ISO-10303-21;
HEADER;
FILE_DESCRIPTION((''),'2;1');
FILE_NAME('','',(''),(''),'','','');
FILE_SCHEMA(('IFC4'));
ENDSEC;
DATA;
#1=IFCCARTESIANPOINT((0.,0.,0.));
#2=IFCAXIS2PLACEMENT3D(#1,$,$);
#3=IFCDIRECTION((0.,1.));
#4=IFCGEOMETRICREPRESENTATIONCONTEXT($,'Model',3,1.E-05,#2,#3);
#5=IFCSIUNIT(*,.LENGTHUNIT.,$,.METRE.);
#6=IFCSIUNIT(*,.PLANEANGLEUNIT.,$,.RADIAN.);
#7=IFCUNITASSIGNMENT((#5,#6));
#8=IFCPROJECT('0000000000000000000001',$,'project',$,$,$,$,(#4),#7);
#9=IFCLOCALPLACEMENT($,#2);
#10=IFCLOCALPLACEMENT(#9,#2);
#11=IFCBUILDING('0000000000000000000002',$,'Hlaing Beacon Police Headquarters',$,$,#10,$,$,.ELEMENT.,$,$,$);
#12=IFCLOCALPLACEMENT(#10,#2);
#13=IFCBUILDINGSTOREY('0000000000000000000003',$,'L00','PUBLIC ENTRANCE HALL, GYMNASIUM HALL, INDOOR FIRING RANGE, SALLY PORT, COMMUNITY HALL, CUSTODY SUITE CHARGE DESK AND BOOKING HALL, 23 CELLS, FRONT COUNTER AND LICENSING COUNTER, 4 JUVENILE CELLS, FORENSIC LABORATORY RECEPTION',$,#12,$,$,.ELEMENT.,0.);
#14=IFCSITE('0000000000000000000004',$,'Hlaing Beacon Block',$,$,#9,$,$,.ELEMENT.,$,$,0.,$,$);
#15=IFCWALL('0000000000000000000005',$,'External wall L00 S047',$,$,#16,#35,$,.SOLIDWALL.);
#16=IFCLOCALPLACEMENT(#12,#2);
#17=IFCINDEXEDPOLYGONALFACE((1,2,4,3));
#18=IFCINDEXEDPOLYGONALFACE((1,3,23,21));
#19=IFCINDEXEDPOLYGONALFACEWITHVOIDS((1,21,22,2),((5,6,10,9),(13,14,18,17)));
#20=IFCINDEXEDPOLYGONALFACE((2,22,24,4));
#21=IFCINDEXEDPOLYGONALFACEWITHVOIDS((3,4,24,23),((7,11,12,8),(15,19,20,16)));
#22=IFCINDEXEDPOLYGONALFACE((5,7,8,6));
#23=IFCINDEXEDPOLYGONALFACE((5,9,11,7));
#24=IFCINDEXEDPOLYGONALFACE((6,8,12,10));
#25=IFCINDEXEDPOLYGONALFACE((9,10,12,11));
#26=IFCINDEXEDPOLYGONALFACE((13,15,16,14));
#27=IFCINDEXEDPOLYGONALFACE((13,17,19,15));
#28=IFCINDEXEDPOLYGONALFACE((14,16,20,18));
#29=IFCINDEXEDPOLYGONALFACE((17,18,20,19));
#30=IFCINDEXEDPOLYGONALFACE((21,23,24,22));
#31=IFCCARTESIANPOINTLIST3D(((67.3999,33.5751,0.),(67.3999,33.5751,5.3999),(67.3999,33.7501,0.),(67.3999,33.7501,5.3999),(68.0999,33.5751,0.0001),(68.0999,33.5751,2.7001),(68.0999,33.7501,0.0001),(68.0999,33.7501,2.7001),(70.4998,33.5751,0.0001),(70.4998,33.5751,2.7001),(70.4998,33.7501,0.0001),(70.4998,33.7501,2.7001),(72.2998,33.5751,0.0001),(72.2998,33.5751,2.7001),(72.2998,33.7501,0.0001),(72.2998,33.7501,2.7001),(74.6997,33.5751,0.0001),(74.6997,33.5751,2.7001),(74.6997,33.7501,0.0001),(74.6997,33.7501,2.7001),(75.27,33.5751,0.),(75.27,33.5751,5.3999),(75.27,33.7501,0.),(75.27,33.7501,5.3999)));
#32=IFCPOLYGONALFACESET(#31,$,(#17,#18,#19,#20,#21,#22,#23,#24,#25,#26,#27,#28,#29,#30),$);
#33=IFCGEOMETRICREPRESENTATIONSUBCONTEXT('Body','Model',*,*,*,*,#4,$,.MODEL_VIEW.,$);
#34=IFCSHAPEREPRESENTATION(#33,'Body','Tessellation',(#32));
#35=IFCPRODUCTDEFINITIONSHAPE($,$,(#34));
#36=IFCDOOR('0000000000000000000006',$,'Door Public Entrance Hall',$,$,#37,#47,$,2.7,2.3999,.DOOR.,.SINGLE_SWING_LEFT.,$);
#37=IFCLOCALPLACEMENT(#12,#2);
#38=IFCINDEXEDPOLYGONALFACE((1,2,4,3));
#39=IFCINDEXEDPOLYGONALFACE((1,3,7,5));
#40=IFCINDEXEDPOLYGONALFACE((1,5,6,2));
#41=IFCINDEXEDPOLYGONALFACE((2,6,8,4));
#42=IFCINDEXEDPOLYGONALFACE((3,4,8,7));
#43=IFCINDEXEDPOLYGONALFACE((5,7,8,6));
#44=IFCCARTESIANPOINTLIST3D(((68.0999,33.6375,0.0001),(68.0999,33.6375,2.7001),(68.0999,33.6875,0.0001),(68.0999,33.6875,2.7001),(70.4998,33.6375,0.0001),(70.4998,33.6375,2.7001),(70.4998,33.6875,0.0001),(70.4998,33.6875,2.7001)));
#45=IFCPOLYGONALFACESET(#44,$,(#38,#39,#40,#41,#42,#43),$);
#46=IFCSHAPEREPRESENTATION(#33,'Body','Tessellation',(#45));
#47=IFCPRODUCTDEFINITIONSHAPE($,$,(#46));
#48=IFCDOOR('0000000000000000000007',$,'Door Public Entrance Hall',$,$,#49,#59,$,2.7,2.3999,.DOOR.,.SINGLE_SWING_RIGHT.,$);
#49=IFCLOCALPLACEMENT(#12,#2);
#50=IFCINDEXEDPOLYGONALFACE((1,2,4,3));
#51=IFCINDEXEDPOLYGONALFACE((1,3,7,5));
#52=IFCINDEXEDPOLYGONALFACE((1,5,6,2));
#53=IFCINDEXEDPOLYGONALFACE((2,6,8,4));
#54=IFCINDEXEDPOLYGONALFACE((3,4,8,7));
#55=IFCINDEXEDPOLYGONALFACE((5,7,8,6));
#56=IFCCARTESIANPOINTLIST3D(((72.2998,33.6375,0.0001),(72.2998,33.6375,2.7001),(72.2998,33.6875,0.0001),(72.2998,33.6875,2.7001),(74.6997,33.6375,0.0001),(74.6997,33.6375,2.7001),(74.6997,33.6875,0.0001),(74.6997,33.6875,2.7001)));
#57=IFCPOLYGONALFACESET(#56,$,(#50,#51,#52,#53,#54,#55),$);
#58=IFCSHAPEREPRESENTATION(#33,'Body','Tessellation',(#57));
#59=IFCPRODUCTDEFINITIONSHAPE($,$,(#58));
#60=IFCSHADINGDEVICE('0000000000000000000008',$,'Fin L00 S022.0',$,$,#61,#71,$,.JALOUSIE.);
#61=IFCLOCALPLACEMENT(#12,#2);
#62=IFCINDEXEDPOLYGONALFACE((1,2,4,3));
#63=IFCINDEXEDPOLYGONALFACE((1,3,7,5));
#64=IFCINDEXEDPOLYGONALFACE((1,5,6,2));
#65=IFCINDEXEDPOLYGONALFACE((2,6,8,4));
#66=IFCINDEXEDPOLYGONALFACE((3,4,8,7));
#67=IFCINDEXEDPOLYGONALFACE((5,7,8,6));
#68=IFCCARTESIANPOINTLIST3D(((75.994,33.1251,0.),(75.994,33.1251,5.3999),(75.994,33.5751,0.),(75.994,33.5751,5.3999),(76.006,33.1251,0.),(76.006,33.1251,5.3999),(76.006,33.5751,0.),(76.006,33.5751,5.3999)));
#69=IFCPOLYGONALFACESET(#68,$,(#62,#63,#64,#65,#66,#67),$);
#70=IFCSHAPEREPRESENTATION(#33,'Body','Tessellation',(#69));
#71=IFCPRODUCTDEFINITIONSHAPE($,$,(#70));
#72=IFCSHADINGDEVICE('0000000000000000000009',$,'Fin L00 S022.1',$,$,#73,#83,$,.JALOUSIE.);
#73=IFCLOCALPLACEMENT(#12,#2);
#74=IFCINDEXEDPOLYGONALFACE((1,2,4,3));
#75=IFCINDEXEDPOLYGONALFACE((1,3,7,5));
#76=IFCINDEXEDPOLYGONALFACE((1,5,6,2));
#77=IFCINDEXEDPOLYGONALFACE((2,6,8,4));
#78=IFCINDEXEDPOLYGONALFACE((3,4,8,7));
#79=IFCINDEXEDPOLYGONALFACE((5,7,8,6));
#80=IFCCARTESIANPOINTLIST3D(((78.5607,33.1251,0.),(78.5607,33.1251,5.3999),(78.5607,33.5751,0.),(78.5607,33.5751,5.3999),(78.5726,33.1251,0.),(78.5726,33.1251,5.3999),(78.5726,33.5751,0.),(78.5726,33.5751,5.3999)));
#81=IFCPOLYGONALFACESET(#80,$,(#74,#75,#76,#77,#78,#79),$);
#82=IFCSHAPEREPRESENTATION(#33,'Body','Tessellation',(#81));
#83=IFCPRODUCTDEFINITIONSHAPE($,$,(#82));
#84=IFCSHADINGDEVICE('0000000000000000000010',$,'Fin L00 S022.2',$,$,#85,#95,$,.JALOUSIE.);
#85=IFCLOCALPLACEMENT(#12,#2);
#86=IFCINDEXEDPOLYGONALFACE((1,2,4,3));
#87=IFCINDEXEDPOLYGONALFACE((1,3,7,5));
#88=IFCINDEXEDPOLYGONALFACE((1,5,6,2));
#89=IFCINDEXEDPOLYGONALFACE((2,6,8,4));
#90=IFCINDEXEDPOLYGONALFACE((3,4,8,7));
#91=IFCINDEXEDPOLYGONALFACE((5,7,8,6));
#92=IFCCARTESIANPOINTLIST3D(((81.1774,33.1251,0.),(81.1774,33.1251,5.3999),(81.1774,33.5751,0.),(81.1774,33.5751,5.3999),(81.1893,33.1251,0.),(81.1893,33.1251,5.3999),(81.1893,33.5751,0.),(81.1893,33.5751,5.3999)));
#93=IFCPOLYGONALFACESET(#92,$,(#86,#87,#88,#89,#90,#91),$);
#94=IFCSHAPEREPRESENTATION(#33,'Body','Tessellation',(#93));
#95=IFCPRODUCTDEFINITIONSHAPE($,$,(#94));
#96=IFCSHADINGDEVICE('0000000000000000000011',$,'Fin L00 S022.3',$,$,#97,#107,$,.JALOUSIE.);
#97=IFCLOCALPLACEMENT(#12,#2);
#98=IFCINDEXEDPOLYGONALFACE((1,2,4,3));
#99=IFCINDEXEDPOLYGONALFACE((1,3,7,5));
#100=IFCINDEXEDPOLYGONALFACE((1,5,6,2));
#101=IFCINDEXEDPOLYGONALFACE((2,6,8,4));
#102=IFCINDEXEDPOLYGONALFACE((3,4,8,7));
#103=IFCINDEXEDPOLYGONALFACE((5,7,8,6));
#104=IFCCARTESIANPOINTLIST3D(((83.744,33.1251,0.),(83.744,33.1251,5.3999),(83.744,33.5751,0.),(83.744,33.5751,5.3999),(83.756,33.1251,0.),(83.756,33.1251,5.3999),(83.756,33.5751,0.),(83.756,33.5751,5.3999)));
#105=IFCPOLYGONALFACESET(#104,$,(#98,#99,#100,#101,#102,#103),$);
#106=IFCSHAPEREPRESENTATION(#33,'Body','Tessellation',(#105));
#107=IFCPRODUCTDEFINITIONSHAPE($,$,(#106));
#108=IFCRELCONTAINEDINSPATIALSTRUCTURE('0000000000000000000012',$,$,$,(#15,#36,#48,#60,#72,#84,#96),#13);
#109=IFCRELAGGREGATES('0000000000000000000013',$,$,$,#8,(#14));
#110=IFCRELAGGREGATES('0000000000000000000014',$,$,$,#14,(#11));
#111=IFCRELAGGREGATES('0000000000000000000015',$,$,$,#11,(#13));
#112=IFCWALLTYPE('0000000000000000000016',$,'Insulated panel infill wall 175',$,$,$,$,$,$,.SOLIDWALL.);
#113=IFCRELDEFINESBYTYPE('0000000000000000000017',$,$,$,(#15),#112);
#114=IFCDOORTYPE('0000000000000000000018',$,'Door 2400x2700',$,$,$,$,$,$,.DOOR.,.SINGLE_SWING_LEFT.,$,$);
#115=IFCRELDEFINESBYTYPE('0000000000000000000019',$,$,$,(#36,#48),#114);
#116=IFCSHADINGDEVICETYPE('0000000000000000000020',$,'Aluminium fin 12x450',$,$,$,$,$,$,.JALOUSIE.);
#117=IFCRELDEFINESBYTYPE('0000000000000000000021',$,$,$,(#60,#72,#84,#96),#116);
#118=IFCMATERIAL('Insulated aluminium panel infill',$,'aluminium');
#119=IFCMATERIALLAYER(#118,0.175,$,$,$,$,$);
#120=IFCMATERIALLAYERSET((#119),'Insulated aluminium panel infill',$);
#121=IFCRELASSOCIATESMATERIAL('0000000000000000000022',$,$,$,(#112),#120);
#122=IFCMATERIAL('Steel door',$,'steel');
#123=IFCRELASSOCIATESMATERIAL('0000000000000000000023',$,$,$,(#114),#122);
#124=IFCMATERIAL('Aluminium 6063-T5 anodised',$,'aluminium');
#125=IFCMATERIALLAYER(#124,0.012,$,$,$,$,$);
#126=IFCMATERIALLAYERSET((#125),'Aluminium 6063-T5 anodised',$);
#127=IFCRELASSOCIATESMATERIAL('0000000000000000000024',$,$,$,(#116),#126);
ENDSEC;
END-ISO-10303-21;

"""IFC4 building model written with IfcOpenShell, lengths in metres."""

from ifc_helpers import new_model, si_unit, direction, frame, frame_2d, origin, origin_2d, place, context, subcontext, project, spatial, rectangle, extrude, material, layer, layer_set, type_object, element, fill, save


model = new_model("IFC4")

# Units and contexts
model_context = context("Model", 3, precision=1e-05, world=origin(), true_north=direction((0.0, 1.0)))
body_context = subcontext(model_context, "Body", "Model", "MODEL_VIEW")
ifc_project = project(units=[si_unit("LENGTHUNIT", "METRE"), si_unit("PLANEANGLEUNIT", "RADIAN")], contexts=[model_context])

# Site, building, storey
site_placement = place(None, origin())
site = spatial("IfcSite", under=ifc_project, at=site_placement, Name="Hlaing Beacon Block", CompositionType="ELEMENT", RefElevation=0.0)
building_placement = place(site_placement, origin())
building = spatial("IfcBuilding", under=site, at=building_placement, Name="Hlaing Beacon Police Headquarters", CompositionType="ELEMENT")
storey_placement = place(building_placement, origin())
storey = spatial("IfcBuildingStorey", under=building, at=storey_placement, Name="L00", Description="PUBLIC ENTRANCE HALL, GYMNASIUM HALL, INDOOR FIRING RANGE, SALLY PORT, COMMUNITY HALL, CUSTODY SUITE CHARGE DESK AND BOOKING HALL, 23 CELLS, FRONT COUNTER AND LICENSING COUNTER, 4 JUVENILE CELLS, FORENSIC LABORATORY RECEPTION", CompositionType="ELEMENT", Elevation=0.0)

# Wall, openings, doors
ifc_material_1 = material(Name="Insulated aluminium panel infill", Category="aluminium")
ifc_layer_1 = layer(ifc_material_1, 0.175)
ifc_layer_set_1 = layer_set([ifc_layer_1], Name="Insulated aluminium panel infill")
wall_type_1 = type_object("IfcWallType", Name="Insulated panel infill wall 175", PredefinedType="SOLIDWALL", material=ifc_layer_set_1)
wall_1_placement = place(storey_placement, frame((67.3999, 33.6626, 0.0), z_axis=(0.0, 0.0, 1.0), x_axis=(1.0, 0.0, 0.0)))
wall_1 = element("IfcWall", 1, at=wall_1_placement, inside=storey, type_object=wall_type_1, Name="External wall L00 S047", PredefinedType="SOLIDWALL", context=body_context, shape_type="SweptSolid", body=[
    extrude(rectangle(XDim=7.8701, YDim=0.175, at=frame_2d((3.9351, 0.0))), origin(), (0.0, 0.0, 1.0), 5.3999),
])
opening_1_placement = place(wall_1_placement, frame((0.7, 0.0, 0.0)))
opening_1 = element("IfcOpeningElement", 2, at=opening_1_placement, cuts=wall_1, PredefinedType="OPENING", context=body_context, shape_type="SweptSolid", body=[
    extrude(rectangle(XDim=2.3999, YDim=2.7, at=frame_2d((1.2, 1.3501))), frame((0.0, 0.0977, 0.0), z_axis=(0.0, -1.0, 0.0), x_axis=(1.0, 0.0, 0.0)), (0.0, 0.0, 1.0), 0.1951),
])
opening_2_placement = place(wall_1_placement, frame((4.8999, 0.0, 0.0)))
opening_2 = element("IfcOpeningElement", 3, at=opening_2_placement, cuts=wall_1, PredefinedType="OPENING", context=body_context, shape_type="SweptSolid", body=[
    extrude(rectangle(XDim=2.3999, YDim=2.7, at=frame_2d((1.2, 1.3501))), frame((0.0, 0.0977, 0.0), z_axis=(0.0, -1.0, 0.0), x_axis=(1.0, 0.0, 0.0)), (0.0, 0.0, 1.0), 0.1951),
])
ifc_material_2 = material(Name="Steel door", Category="steel")
door_type_1 = type_object("IfcDoorType", Name="Door 2400x2700", OperationType="SINGLE_SWING_LEFT", PredefinedType="DOOR", material=ifc_material_2)
door_1_placement = place(opening_1_placement, frame((2.3999, 0.0, 0.0), z_axis=(0.0, 0.0, 1.0), x_axis=(-1.0, 0.0, 0.0)))
door_1 = element("IfcDoor", 4, at=door_1_placement, inside=storey, type_object=door_type_1, Name="Door Public Entrance Hall", OperationType="SINGLE_SWING_LEFT", OverallHeight=2.7, OverallWidth=2.3999, PredefinedType="DOOR", context=body_context, shape_type="SweptSolid", body=[
    extrude(rectangle(XDim=2.3999, YDim=2.7, at=frame_2d((1.2, 1.3501))), frame((0.0, 0.0251, 0.0), z_axis=(0.0, -1.0, 0.0), x_axis=(1.0, 0.0, 0.0)), (0.0, 0.0, 1.0), 0.05),
])
fill(opening_1, door_1)
door_2_placement = place(opening_2_placement, frame((2.3999, 0.0, 0.0), z_axis=(0.0, 0.0, 1.0), x_axis=(-1.0, 0.0, 0.0)))
door_2 = element("IfcDoor", 5, at=door_2_placement, inside=storey, type_object=door_type_1, Name="Door Public Entrance Hall", OperationType="SINGLE_SWING_RIGHT", OverallHeight=2.7, OverallWidth=2.3999, PredefinedType="DOOR", context=body_context, shape_type="SweptSolid", body=[
    extrude(rectangle(XDim=2.3999, YDim=2.7, at=frame_2d((1.2, 1.3501))), frame((0.0, 0.0251, 0.0), z_axis=(0.0, -1.0, 0.0), x_axis=(1.0, 0.0, 0.0)), (0.0, 0.0, 1.0), 0.05),
])
fill(opening_2, door_2)

# Shading devices
ifc_material_3 = material(Name="Aluminium 6063-T5 anodised", Category="aluminium")
ifc_layer_2 = layer(ifc_material_3, 0.012)
ifc_layer_set_2 = layer_set([ifc_layer_2], Name="Aluminium 6063-T5 anodised")
shading_device_type = type_object("IfcShadingDeviceType", Name="Aluminium fin 12x450", PredefinedType="JALOUSIE", material=ifc_layer_set_2)
for number, where, z_axis, x_axis, name in (
    (6, (76.0, 33.3501, 0.0), (0.0, 0.0, 1.0), (1.0, 0.0, 0.0), "Fin L00 S022.0"),
    (7, (78.5667, 33.3501, 0.0), (0.0, 0.0, 1.0), (1.0, 0.0, 0.0), "Fin L00 S022.1"),
    (8, (81.1833, 33.3501, 0.0), (0.0, 0.0, 1.0), (1.0, 0.0, 0.0), "Fin L00 S022.2"),
    (9, (83.75, 33.3501, 0.0), (0.0, 0.0, 1.0), (1.0, 0.0, 0.0), "Fin L00 S022.3"),
):
    element("IfcShadingDevice", number, at=place(storey_placement, frame(where, z_axis=z_axis, x_axis=x_axis)), inside=storey, type_object=shading_device_type, Name=name, PredefinedType="JALOUSIE", context=body_context, shape_type="SweptSolid", body=[
        extrude(rectangle(XDim=0.012, YDim=0.45, at=origin_2d()), origin(), (0.0, 0.0, 1.0), 5.3999),
    ])

save(model, "model.ifc")
